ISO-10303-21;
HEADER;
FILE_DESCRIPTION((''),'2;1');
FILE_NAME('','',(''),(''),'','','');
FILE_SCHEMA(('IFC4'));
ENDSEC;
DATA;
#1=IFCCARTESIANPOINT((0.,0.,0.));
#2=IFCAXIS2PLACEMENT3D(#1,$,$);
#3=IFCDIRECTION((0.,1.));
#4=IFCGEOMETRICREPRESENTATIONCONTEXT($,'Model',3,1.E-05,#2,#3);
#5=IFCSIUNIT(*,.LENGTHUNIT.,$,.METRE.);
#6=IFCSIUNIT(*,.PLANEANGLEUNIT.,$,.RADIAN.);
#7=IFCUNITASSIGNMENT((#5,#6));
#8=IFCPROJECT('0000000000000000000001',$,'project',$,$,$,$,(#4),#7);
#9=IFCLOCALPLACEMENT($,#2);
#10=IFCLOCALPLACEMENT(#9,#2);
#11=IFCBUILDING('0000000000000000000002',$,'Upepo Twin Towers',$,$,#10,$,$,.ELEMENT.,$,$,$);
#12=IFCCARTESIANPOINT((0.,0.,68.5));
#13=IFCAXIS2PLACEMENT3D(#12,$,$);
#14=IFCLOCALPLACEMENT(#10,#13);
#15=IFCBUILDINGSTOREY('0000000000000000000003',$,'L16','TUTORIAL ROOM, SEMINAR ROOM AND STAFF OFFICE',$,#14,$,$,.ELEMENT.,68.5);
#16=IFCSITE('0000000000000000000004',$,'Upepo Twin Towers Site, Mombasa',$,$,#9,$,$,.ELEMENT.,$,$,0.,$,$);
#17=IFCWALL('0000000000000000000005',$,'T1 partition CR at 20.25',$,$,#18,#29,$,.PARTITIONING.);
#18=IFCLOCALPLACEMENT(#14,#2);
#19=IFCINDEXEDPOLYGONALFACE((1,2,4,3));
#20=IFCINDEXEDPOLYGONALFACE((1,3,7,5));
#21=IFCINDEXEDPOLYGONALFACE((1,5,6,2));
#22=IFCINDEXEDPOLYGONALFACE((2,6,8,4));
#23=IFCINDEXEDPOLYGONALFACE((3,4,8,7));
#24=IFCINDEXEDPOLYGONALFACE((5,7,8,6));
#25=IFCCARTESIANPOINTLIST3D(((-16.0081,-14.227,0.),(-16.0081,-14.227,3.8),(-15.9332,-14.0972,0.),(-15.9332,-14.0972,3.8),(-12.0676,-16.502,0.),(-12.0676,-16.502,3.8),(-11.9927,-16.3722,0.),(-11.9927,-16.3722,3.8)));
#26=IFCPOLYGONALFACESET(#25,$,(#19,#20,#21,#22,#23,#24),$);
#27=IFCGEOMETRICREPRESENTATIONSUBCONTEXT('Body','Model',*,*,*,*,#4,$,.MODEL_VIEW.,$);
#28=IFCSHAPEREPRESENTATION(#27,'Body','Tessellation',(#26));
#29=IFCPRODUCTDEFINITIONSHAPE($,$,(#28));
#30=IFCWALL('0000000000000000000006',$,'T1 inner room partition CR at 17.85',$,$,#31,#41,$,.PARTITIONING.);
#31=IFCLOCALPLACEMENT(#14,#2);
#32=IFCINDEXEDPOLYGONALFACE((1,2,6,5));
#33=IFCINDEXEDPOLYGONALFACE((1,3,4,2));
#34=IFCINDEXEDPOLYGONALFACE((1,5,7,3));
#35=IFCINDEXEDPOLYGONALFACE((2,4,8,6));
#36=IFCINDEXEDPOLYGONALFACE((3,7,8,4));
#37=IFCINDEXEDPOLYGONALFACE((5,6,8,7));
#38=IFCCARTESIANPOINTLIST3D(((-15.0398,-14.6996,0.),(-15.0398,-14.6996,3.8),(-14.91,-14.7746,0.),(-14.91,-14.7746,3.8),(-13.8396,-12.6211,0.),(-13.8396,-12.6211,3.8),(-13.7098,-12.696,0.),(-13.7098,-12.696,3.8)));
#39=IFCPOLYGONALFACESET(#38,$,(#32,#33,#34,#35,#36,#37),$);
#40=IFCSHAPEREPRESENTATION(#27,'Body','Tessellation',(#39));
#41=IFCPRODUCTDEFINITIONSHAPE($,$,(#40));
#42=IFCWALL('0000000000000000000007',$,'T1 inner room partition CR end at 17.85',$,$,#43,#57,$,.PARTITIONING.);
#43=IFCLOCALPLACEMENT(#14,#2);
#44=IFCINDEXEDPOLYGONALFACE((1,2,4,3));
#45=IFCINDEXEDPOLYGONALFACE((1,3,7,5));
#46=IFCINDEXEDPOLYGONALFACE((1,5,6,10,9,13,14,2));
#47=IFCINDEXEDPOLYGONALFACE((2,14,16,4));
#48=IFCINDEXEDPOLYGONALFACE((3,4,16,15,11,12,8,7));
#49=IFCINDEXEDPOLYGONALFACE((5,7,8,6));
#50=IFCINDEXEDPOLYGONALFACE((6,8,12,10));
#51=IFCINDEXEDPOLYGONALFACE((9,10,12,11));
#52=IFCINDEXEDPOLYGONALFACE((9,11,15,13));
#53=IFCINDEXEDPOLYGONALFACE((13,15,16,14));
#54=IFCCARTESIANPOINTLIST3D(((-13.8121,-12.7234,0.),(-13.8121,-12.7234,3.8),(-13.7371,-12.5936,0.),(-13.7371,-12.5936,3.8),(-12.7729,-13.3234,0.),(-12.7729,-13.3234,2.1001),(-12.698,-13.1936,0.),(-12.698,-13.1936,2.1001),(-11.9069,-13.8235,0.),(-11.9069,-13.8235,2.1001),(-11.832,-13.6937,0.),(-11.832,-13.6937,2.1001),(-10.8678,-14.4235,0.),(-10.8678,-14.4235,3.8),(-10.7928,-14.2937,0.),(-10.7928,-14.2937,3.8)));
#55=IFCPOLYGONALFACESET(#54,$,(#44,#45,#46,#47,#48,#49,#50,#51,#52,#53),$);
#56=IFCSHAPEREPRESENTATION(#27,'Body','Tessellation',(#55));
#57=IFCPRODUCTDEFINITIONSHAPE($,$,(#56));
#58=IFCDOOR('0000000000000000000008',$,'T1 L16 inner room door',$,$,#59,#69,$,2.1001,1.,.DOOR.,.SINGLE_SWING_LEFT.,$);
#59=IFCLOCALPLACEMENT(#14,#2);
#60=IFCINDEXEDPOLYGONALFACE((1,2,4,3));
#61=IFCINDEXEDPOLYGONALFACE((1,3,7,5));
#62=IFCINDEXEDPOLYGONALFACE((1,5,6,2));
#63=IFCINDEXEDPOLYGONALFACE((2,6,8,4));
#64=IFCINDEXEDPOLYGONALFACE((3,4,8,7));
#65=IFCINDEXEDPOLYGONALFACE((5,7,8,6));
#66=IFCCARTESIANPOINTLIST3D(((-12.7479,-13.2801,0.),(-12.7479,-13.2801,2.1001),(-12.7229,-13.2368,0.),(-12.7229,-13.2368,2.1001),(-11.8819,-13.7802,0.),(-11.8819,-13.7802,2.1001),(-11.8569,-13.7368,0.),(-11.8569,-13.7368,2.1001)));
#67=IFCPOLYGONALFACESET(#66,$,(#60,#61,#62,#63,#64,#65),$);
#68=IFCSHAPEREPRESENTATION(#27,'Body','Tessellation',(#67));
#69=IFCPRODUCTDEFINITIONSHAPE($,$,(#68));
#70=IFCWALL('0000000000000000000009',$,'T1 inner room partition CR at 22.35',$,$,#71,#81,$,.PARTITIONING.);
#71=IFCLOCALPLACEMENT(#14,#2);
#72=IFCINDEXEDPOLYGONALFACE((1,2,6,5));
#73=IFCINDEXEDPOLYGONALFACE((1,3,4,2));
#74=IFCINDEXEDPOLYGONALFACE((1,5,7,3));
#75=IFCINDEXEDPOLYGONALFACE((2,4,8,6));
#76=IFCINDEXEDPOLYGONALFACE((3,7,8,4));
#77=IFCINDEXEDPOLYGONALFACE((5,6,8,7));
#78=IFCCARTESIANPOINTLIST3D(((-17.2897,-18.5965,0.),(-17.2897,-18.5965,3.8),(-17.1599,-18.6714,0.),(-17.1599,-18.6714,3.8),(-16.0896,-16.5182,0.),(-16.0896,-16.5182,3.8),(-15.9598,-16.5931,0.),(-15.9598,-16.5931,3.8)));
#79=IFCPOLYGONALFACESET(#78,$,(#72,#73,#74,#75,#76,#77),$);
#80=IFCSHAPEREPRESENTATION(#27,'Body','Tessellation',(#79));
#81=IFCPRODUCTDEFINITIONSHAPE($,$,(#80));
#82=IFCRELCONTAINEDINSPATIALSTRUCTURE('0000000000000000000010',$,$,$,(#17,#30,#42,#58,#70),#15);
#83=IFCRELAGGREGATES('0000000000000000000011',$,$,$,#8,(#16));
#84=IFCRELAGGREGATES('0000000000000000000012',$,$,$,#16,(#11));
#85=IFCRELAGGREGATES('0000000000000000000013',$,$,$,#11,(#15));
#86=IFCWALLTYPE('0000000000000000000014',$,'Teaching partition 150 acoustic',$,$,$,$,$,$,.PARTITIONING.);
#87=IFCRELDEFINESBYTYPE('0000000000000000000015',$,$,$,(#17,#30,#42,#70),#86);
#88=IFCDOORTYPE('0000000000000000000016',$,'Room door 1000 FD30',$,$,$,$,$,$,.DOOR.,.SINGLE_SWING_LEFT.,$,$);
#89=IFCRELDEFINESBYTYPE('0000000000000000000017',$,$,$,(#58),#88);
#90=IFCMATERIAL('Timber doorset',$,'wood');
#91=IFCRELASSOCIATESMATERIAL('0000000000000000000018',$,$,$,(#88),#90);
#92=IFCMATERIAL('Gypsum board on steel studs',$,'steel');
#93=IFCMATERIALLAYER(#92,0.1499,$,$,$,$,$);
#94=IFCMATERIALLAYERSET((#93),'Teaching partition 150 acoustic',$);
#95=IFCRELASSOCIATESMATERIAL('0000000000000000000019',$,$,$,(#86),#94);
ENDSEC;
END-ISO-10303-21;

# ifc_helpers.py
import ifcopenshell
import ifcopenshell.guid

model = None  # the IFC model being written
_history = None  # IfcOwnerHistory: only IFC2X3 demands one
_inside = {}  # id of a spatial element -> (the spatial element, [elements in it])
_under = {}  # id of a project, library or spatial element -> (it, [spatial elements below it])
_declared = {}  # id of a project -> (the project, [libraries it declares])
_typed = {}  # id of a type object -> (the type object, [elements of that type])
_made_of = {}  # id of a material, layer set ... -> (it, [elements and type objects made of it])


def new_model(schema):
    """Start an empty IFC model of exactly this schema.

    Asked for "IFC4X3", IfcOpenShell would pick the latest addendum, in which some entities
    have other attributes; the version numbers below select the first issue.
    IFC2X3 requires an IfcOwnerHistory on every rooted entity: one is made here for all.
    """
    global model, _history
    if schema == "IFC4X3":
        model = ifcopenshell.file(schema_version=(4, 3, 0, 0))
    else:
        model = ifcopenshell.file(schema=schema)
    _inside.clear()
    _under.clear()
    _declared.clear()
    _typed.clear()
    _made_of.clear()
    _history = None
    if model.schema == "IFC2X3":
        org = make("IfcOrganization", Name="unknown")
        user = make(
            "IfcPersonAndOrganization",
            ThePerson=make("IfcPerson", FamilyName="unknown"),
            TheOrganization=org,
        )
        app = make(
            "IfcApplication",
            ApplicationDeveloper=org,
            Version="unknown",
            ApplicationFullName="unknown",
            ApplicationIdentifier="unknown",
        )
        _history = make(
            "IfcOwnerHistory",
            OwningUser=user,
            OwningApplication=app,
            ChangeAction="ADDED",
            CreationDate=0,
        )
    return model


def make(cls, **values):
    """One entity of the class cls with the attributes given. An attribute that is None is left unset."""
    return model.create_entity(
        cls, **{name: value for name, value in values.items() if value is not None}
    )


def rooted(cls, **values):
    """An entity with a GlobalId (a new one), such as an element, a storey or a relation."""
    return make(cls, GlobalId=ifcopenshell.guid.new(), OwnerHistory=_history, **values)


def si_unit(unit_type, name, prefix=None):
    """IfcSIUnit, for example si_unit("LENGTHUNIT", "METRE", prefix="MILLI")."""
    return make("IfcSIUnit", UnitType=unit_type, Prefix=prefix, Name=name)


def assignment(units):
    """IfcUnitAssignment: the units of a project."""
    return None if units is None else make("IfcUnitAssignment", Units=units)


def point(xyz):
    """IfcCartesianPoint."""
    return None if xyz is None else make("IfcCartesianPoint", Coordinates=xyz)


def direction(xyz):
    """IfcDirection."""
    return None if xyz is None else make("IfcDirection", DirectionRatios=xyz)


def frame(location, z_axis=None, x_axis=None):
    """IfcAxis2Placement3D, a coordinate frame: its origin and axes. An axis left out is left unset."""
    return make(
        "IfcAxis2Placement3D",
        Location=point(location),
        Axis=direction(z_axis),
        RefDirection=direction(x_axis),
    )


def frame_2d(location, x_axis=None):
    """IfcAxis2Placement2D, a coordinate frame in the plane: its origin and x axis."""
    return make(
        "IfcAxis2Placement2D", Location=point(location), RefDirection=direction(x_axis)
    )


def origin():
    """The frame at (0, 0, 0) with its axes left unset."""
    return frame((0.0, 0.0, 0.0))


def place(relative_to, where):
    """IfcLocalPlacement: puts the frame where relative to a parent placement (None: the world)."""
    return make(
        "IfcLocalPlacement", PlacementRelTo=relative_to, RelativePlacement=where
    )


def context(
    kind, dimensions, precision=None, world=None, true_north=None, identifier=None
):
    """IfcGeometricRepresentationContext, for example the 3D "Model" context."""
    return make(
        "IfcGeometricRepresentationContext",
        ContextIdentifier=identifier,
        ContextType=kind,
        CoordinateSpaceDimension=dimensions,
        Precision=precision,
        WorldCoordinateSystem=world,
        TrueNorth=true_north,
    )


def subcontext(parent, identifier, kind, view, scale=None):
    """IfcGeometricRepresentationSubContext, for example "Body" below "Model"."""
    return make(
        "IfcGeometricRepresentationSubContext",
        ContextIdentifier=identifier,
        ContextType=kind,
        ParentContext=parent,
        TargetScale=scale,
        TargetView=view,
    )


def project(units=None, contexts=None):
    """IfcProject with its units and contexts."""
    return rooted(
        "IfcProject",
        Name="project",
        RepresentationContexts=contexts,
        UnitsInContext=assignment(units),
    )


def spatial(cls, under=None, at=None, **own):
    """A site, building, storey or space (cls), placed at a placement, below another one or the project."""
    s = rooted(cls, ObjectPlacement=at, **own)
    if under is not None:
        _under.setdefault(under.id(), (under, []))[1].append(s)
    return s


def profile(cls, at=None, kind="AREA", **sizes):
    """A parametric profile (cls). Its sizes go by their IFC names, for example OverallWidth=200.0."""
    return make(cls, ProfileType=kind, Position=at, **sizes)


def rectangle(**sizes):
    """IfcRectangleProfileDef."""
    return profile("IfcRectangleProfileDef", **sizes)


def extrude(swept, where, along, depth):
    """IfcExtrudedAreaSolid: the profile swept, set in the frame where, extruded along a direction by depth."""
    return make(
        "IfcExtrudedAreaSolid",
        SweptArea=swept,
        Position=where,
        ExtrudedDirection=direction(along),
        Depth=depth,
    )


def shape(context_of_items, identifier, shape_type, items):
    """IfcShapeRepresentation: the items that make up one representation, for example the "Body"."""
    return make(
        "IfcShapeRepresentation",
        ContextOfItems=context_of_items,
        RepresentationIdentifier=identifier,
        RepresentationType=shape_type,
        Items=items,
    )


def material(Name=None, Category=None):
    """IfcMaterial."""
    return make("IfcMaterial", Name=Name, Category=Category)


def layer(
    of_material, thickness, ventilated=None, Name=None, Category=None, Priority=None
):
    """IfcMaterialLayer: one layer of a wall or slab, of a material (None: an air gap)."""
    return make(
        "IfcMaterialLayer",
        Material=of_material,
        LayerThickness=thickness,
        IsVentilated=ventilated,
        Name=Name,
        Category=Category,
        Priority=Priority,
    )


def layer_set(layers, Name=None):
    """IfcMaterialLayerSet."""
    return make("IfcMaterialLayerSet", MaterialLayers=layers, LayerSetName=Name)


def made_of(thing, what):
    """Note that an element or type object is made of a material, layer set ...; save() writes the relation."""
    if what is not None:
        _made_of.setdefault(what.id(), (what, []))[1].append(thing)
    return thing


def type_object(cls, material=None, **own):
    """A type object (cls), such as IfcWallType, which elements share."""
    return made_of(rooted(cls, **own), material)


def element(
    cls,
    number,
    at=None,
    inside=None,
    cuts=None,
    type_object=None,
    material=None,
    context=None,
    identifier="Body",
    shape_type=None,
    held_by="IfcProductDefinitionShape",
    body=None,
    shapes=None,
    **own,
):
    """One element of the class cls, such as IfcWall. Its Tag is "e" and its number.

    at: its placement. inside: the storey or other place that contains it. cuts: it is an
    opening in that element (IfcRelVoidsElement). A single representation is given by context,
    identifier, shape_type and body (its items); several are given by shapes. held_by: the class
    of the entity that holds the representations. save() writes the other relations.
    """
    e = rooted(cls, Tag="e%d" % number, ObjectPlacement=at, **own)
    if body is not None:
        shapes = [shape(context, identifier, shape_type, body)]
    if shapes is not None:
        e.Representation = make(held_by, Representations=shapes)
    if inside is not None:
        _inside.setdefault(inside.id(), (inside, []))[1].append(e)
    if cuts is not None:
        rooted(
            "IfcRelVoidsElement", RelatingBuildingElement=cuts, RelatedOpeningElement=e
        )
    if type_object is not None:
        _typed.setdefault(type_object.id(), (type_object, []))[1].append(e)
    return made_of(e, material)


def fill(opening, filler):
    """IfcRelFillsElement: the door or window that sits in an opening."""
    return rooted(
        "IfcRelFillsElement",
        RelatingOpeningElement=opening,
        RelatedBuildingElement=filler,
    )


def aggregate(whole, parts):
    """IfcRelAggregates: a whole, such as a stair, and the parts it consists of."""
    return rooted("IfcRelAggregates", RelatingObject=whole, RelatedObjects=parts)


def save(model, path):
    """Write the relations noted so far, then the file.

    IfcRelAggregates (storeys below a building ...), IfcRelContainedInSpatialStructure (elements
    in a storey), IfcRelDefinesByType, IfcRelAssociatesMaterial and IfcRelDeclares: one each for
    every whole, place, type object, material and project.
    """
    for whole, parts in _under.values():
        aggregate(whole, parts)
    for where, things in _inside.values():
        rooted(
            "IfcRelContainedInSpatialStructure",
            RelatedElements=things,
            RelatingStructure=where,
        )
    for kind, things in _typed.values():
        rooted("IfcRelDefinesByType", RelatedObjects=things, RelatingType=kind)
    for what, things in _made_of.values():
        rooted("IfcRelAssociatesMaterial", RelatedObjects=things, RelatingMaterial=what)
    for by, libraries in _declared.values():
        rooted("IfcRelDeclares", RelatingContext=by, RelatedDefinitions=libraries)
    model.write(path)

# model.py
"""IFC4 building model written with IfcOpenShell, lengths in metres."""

from ifc_helpers import new_model, si_unit, direction, frame, frame_2d, origin, place, context, subcontext, project, spatial, rectangle, extrude, material, layer, layer_set, type_object, element, fill, save


model = new_model("IFC4")

# Units and contexts
model_context = context("Model", 3, precision=1e-05, world=origin(), true_north=direction((0.0, 1.0)))
body_context = subcontext(model_context, "Body", "Model", "MODEL_VIEW")
ifc_project = project(units=[si_unit("LENGTHUNIT", "METRE"), si_unit("PLANEANGLEUNIT", "RADIAN")], contexts=[model_context])

# Site, building, storey
site_placement = place(None, origin())
site = spatial("IfcSite", under=ifc_project, at=site_placement, Name="Upepo Twin Towers Site, Mombasa", CompositionType="ELEMENT", RefElevation=0.0)
building_placement = place(site_placement, origin())
building = spatial("IfcBuilding", under=site, at=building_placement, Name="Upepo Twin Towers", CompositionType="ELEMENT")
storey_placement = place(building_placement, frame((0.0, 0.0, 68.5)))
storey = spatial("IfcBuildingStorey", under=building, at=storey_placement, Name="L16", Description="TUTORIAL ROOM, SEMINAR ROOM AND STAFF OFFICE", CompositionType="ELEMENT", Elevation=68.5)

# Shared definitions
ifc_material_1 = material(Name="Timber doorset", Category="wood")
door_type = type_object("IfcDoorType", Name="Room door 1000 FD30", OperationType="SINGLE_SWING_LEFT", PredefinedType="DOOR", material=ifc_material_1)

# Shared definitions
ifc_material_2 = material(Name="Gypsum board on steel studs", Category="steel")
ifc_layer_1 = layer(ifc_material_2, 0.1499)
ifc_layer_set_1 = layer_set([ifc_layer_1], Name="Teaching partition 150 acoustic")
wall_type_1 = type_object("IfcWallType", Name="Teaching partition 150 acoustic", PredefinedType="PARTITIONING", material=ifc_layer_set_1)

# Walls
wall_1_placement = place(storey_placement, frame((-12.0303, -16.437, 0.0), z_axis=(0.0, 0.0, 1.0), x_axis=(-0.866035, 0.499983, 0.0)))
element("IfcWall", 1, at=wall_1_placement, inside=storey, type_object=wall_type_1, Name="T1 partition CR at 20.25", PredefinedType="PARTITIONING", context=body_context, shape_type="SweptSolid", body=[
    extrude(rectangle(XDim=4.55, YDim=0.1499, at=frame_2d((2.2749, 0.0))), origin(), (0.0, 0.0, 1.0), 3.8),
])
wall_2_placement = place(storey_placement, frame((-13.7747, -12.6584, 0.0), z_axis=(0.0, 0.0, 1.0), x_axis=(-0.500034, -0.866006, 0.0)))
element("IfcWall", 2, at=wall_2_placement, inside=storey, type_object=wall_type_1, Name="T1 inner room partition CR at 17.85", PredefinedType="PARTITIONING", context=body_context, shape_type="SweptSolid", body=[
    extrude(rectangle(XDim=2.4001, YDim=0.1499, at=frame_2d((1.2002, 0.0))), origin(), (0.0, 0.0, 1.0), 3.8),
])

# Wall, opening, door
wall_3_placement = place(storey_placement, frame((-10.8303, -14.3586, 0.0), z_axis=(0.0, 0.0, 1.0), x_axis=(-0.865989, 0.500062, 0.0)))
wall_3 = element("IfcWall", 3, at=wall_3_placement, inside=storey, type_object=wall_type_1, Name="T1 inner room partition CR end at 17.85", PredefinedType="PARTITIONING", context=body_context, shape_type="SweptSolid", body=[
    extrude(rectangle(XDim=3.3999, YDim=0.1499, at=frame_2d((1.7, 0.0))), origin(), (0.0, 0.0, 1.0), 3.8),
])
opening_1_placement = place(wall_3_placement, frame((1.2, 0.0, 0.0)))
opening_1 = element("IfcOpeningElement", 4, at=opening_1_placement, cuts=wall_3, PredefinedType="OPENING", context=body_context, shape_type="SweptSolid", body=[
    extrude(rectangle(XDim=1.0, YDim=2.1001, at=frame_2d((0.5, 1.05))), frame((0.0, 0.085, 0.0), z_axis=(0.0, -1.0, 0.0), x_axis=(1.0, 0.0, 0.0)), (0.0, 0.0, 1.0), 0.1699),
])
door_1_placement = place(opening_1_placement, origin())
door_1 = element("IfcDoor", 5, at=door_1_placement, inside=storey, type_object=door_type, Name="T1 L16 inner room door", OperationType="SINGLE_SWING_LEFT", OverallHeight=2.1001, OverallWidth=1.0, PredefinedType="DOOR", context=body_context, shape_type="SweptSolid", body=[
    extrude(rectangle(XDim=1.0, YDim=2.1001, at=frame_2d((0.5, 1.05))), frame((0.0, 0.0249, 0.0), z_axis=(0.0, -1.0, 0.0), x_axis=(1.0, 0.0, 0.0)), (0.0, 0.0, 1.0), 0.05),
])
fill(opening_1, door_1)

# Wall
wall_4_placement = place(storey_placement, frame((-16.0247, -16.5557, 0.0), z_axis=(0.0, 0.0, 1.0), x_axis=(-0.500078, -0.865981, 0.0)))
element("IfcWall", 6, at=wall_4_placement, inside=storey, type_object=wall_type_1, Name="T1 inner room partition CR at 22.35", PredefinedType="PARTITIONING", context=body_context, shape_type="SweptSolid", body=[
    extrude(rectangle(XDim=2.3999, YDim=0.1499, at=frame_2d((1.2, 0.0))), origin(), (0.0, 0.0, 1.0), 3.8),
])

save(model, "model.ifc")
